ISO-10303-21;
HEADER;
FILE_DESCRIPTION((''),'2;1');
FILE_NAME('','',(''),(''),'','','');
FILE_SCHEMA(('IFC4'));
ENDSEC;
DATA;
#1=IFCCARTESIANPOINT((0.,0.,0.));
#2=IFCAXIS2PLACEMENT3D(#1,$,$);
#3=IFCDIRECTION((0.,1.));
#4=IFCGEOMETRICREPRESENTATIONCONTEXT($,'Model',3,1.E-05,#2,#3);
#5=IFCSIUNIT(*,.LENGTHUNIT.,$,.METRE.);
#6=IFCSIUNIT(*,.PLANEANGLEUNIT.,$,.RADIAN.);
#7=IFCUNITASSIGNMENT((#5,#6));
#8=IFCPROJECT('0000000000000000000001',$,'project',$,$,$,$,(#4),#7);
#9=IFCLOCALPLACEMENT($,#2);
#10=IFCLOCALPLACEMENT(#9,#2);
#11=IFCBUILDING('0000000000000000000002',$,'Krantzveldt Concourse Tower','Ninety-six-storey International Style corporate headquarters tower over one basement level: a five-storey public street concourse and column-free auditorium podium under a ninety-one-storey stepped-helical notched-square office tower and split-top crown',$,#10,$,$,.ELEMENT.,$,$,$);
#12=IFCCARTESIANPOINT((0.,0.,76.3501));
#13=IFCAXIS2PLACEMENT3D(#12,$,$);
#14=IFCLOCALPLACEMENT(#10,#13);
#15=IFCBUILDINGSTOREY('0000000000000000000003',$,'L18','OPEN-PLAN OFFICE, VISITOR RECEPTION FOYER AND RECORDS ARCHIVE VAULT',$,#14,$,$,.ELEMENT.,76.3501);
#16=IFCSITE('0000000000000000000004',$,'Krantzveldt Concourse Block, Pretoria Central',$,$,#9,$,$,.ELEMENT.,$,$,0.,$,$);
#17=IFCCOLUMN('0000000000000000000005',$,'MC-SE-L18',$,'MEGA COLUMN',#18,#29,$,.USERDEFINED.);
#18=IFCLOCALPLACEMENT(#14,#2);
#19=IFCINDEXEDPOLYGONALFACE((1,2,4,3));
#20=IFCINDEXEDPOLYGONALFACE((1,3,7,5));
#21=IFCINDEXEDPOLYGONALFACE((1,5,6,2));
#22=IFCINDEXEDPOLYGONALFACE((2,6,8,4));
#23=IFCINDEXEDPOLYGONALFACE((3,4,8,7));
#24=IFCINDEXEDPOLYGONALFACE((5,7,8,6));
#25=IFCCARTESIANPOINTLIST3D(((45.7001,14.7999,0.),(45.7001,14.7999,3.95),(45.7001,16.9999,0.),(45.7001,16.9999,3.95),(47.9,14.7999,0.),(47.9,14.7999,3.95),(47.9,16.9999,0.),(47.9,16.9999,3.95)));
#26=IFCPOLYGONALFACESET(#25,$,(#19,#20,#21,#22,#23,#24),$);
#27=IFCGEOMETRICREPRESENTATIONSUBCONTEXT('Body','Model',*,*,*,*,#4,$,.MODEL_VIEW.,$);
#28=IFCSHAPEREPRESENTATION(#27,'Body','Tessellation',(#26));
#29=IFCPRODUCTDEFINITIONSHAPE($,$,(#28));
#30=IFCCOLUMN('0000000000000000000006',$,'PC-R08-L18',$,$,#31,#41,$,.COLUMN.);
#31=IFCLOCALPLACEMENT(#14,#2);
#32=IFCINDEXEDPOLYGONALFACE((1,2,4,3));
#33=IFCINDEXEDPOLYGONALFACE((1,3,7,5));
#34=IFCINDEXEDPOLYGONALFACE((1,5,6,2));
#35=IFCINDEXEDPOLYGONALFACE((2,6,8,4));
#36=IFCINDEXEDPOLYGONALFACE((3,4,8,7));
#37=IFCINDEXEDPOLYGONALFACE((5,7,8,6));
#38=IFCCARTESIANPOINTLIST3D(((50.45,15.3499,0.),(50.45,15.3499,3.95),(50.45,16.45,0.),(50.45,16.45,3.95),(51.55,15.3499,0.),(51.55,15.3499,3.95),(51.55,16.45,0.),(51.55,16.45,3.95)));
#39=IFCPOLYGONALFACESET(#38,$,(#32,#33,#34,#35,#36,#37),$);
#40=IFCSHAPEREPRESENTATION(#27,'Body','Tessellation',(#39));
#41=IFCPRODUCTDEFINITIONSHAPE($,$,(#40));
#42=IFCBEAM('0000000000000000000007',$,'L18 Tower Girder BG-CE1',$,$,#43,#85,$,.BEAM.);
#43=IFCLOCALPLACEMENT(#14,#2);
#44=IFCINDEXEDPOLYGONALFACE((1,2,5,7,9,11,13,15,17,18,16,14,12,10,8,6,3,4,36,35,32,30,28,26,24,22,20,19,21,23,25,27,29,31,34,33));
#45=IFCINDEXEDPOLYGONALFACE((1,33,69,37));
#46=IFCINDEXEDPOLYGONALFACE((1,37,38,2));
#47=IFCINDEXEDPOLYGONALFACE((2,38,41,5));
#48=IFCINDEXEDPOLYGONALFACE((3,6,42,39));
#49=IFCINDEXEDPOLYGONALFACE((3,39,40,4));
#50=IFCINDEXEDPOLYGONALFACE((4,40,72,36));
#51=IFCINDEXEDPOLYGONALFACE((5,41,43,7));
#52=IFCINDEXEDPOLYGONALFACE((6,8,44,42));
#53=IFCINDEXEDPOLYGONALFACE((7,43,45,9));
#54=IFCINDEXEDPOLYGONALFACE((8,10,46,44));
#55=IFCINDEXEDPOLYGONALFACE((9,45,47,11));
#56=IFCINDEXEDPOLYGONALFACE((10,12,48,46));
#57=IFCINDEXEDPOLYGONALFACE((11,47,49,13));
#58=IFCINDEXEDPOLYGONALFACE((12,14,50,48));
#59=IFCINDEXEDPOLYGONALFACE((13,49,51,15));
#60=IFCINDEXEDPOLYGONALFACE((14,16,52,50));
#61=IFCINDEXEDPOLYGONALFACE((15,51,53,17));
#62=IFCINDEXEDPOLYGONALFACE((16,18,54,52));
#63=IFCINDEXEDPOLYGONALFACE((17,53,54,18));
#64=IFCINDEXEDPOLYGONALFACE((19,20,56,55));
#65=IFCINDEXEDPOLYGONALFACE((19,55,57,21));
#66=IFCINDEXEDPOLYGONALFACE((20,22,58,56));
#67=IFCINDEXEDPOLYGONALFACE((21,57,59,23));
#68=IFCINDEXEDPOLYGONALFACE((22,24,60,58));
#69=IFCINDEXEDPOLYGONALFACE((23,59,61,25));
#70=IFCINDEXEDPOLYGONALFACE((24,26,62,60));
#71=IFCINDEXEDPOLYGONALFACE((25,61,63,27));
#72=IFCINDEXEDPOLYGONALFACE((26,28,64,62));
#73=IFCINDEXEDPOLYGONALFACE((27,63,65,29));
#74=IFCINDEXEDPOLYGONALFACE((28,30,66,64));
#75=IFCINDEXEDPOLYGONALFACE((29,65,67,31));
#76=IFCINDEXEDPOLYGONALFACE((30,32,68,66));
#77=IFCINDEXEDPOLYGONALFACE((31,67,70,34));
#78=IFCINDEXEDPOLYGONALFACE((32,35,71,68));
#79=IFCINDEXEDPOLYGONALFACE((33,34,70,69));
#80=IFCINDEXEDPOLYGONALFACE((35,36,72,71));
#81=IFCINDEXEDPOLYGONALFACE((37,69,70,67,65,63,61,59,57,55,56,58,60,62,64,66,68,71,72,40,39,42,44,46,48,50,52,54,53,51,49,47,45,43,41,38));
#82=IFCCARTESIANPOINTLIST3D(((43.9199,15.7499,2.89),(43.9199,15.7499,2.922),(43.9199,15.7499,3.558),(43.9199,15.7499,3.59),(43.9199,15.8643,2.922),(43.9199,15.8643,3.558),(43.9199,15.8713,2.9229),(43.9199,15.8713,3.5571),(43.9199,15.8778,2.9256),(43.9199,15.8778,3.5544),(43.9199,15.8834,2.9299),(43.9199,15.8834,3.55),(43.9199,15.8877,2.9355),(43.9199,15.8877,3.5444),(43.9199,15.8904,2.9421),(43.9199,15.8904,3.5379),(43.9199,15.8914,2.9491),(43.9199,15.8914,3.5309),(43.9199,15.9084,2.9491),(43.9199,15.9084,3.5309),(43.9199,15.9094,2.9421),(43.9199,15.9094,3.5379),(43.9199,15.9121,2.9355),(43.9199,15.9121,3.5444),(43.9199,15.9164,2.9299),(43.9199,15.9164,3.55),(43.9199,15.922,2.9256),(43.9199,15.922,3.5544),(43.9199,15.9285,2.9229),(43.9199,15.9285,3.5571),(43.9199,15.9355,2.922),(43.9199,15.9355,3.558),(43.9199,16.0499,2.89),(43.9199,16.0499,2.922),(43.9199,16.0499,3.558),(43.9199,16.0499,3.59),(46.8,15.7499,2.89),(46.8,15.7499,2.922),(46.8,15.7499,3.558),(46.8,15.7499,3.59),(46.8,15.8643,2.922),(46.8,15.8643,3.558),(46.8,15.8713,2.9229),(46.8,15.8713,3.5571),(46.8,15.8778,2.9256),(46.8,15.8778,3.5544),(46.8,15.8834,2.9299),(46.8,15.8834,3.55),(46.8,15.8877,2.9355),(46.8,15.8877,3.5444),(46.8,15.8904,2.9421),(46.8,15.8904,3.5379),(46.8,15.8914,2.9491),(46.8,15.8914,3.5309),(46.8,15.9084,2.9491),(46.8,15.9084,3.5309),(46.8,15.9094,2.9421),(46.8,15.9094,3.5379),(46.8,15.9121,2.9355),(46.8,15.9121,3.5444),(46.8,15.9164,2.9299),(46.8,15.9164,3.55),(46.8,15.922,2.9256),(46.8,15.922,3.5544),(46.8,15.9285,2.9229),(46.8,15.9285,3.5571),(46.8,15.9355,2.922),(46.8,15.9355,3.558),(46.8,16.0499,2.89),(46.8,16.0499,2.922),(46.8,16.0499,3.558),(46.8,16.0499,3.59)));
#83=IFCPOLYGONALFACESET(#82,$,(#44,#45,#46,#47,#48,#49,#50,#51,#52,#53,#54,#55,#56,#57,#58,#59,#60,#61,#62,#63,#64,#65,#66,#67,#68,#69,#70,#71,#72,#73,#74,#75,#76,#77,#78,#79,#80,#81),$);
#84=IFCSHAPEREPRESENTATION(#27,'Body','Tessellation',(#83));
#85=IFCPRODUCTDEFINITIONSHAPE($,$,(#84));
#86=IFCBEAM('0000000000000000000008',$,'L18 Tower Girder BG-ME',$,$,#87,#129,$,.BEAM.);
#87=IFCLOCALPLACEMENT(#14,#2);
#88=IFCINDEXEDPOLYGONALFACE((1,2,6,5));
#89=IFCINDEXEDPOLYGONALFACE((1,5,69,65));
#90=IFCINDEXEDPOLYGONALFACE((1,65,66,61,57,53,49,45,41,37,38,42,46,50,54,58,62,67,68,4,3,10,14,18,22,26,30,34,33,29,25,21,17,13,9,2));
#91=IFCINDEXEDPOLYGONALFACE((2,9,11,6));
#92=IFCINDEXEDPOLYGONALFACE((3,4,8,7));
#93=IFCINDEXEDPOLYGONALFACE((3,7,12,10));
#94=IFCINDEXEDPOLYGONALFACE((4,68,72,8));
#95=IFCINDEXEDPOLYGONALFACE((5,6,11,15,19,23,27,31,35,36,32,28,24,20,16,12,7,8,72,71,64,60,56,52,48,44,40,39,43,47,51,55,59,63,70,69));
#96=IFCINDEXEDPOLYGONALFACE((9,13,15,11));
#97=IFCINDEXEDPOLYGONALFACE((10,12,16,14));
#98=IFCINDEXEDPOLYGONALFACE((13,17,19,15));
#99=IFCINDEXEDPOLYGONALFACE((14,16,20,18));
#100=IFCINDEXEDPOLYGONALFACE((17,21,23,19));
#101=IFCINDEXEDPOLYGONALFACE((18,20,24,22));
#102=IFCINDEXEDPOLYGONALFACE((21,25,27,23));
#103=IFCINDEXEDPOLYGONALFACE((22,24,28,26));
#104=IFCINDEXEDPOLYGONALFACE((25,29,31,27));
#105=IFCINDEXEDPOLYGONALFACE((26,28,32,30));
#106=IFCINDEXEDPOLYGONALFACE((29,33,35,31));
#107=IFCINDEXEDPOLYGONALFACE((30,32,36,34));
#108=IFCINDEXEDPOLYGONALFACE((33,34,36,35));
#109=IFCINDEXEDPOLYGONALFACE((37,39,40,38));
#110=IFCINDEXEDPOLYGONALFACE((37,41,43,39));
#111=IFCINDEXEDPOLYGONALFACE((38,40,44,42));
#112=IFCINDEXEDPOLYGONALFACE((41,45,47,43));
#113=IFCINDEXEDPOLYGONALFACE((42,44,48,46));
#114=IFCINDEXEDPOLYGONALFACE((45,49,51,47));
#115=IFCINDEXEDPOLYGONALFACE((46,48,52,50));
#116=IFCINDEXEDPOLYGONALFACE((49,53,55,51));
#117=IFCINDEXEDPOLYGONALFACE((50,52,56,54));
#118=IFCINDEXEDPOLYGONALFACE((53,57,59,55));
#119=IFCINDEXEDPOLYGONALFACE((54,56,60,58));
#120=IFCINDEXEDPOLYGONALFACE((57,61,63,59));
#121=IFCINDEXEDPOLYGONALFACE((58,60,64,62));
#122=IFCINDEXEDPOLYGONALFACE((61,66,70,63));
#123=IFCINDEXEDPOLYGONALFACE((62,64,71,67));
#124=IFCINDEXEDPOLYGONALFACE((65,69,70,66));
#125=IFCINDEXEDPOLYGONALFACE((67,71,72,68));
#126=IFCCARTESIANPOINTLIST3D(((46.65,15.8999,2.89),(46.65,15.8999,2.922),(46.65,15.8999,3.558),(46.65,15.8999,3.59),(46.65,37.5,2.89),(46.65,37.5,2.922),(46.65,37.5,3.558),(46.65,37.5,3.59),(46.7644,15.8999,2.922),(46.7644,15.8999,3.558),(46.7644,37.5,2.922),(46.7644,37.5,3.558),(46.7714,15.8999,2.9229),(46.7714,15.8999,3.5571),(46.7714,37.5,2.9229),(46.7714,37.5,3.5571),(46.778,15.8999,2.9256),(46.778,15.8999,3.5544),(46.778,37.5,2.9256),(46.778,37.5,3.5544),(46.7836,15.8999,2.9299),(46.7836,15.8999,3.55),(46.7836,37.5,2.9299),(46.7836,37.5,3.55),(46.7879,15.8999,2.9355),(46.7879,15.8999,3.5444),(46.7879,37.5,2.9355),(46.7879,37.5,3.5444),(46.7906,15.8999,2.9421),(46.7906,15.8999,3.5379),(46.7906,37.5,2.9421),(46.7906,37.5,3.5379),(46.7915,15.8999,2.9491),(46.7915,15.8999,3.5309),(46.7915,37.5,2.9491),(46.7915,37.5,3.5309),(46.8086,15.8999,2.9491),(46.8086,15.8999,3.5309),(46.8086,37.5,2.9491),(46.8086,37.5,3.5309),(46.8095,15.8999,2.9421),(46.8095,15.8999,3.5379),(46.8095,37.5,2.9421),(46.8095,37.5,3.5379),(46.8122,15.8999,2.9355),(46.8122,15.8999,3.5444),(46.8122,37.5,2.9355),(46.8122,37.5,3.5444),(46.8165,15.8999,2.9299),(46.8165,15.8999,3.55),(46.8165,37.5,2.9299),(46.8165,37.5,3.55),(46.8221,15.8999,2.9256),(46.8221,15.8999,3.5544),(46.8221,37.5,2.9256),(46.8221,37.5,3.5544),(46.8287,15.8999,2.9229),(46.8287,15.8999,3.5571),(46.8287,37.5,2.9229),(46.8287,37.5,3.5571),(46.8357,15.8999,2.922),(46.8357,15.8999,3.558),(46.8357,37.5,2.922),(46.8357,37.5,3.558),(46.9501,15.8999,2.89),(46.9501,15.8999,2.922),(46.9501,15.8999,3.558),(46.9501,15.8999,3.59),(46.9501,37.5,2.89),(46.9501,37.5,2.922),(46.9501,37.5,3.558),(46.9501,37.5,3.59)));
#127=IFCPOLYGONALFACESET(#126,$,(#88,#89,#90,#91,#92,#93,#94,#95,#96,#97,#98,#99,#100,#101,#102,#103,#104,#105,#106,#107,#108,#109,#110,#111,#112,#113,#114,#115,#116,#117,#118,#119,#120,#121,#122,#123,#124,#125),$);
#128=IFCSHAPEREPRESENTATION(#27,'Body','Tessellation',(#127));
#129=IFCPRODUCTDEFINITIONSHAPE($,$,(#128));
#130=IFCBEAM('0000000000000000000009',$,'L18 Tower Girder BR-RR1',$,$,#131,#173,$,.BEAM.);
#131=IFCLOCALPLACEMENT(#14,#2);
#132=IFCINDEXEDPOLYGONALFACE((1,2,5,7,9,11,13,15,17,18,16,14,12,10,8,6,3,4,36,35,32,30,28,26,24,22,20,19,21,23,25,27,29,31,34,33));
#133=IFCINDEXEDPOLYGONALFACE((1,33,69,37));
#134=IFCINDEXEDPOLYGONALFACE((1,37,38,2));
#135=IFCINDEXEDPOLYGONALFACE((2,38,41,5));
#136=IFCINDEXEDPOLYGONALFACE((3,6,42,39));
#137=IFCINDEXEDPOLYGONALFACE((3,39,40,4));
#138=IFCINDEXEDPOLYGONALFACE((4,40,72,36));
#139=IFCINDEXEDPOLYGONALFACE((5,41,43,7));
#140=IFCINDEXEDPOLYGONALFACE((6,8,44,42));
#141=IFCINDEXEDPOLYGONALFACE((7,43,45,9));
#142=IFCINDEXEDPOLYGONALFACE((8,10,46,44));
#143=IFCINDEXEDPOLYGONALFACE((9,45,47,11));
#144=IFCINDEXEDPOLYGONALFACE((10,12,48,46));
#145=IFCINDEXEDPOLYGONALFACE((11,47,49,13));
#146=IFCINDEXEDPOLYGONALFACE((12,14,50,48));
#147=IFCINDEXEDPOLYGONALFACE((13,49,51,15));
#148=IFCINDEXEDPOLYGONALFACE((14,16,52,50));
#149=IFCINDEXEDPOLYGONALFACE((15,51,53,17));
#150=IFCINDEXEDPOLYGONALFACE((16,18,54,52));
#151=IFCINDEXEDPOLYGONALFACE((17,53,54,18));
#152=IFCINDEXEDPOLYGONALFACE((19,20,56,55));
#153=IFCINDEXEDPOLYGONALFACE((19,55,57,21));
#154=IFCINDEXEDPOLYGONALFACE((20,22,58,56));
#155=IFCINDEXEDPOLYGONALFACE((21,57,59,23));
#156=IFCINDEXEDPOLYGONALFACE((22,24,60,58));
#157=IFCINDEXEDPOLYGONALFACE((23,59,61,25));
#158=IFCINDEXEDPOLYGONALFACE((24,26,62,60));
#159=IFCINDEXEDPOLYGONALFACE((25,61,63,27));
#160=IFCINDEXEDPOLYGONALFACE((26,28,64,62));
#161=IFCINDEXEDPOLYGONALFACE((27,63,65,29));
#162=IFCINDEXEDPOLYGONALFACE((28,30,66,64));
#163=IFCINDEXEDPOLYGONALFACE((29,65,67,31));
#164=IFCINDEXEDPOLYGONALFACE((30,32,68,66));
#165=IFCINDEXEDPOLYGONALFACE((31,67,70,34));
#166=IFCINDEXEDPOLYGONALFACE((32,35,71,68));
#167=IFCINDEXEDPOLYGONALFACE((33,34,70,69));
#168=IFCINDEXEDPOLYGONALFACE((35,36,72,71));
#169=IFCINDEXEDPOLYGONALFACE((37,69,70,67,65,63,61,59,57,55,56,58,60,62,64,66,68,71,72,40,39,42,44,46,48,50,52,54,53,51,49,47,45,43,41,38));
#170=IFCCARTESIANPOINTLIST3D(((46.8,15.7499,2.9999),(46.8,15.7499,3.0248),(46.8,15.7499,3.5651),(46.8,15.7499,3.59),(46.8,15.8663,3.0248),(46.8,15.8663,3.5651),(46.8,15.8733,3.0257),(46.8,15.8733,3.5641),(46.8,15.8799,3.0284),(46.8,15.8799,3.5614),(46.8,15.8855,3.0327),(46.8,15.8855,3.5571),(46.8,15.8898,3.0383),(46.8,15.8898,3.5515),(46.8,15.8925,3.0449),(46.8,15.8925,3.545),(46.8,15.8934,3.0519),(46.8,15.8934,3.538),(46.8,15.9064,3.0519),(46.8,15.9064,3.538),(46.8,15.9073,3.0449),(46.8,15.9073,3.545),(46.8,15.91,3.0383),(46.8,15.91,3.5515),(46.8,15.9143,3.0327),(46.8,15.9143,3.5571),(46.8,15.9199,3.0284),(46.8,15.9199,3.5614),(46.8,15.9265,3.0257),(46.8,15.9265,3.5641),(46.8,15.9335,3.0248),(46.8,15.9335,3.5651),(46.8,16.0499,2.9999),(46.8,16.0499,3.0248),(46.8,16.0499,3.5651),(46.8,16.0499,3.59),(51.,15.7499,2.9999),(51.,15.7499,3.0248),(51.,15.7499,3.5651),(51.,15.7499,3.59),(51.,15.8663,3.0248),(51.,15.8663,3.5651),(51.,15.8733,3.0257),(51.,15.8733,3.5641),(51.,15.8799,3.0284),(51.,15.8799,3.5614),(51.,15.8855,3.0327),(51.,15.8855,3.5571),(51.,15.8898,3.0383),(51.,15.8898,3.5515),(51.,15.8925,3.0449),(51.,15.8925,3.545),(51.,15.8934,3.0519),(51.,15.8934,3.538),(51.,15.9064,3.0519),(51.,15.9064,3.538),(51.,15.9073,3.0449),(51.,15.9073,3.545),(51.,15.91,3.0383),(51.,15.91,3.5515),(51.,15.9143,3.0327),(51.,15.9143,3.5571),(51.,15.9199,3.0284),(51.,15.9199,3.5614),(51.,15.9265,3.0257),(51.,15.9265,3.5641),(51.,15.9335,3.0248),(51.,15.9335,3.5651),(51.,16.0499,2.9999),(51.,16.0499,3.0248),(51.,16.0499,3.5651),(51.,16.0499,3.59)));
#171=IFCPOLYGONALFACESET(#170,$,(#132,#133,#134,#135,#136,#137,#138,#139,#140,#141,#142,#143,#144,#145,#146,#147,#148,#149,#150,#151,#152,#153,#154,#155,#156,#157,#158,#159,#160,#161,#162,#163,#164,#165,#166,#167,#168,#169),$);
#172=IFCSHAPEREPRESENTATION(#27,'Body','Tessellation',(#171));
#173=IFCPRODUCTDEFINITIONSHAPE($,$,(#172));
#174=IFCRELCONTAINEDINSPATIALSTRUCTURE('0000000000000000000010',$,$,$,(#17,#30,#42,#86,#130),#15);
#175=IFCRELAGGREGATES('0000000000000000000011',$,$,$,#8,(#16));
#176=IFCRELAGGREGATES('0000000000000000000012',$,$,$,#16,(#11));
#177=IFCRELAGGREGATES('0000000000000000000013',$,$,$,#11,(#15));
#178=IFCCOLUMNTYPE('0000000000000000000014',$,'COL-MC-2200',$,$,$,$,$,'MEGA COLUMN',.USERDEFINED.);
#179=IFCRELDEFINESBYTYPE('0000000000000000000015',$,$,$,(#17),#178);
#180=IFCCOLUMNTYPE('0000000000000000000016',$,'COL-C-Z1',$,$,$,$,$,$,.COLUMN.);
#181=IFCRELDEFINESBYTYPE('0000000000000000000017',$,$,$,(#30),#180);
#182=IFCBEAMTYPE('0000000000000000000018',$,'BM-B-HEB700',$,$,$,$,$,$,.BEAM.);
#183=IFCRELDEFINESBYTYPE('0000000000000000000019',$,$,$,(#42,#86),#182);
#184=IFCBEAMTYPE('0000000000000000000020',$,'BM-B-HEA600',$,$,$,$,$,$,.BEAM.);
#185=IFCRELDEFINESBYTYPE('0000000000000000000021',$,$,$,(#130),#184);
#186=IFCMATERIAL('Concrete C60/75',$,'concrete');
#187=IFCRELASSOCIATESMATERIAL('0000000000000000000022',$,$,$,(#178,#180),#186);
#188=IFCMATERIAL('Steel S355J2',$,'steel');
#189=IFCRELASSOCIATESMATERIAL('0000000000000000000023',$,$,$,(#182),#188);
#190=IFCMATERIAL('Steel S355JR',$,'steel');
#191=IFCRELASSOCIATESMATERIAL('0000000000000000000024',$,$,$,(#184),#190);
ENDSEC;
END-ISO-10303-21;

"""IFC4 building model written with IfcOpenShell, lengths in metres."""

from ifc_helpers import new_model, si_unit, direction, frame, origin, origin_2d, place, context, subcontext, project, spatial, rectangle, i_section, extrude, source, transform, mapped, material, material_profile, profile_set, type_object, type_shapes, element, save


model = new_model("IFC4")

# Units and contexts
model_context = context("Model", 3, precision=1e-05, world=origin(), true_north=direction((0.0, 1.0)))
body_context = subcontext(model_context, "Body", "Model", "MODEL_VIEW")
ifc_project = project(units=[si_unit("LENGTHUNIT", "METRE"), si_unit("PLANEANGLEUNIT", "RADIAN")], contexts=[model_context])

# Site, building, storey
site_placement = place(None, origin())
site = spatial("IfcSite", under=ifc_project, at=site_placement, Name="Krantzveldt Concourse Block, Pretoria Central", CompositionType="ELEMENT", RefElevation=0.0)
building_placement = place(site_placement, origin())
building = spatial("IfcBuilding", under=site, at=building_placement, Name="Krantzveldt Concourse Tower", Description="Ninety-six-storey International Style corporate headquarters tower over one basement level: a five-storey public street concourse and column-free auditorium podium under a ninety-one-storey stepped-helical notched-square office tower and split-top crown", CompositionType="ELEMENT")
storey_placement = place(building_placement, frame((0.0, 0.0, 76.3501)))
storey = spatial("IfcBuildingStorey", under=building, at=storey_placement, Name="L18", Description="OPEN-PLAN OFFICE, VISITOR RECEPTION FOYER AND RECORDS ARCHIVE VAULT", CompositionType="ELEMENT", Elevation=76.3501)

# Columns
ifc_material_1 = material(Name="Concrete C60/75", Category="concrete")
ifc_material_profile_1 = material_profile(ifc_material_1, rectangle(XDim=2.2, YDim=2.2, at=origin_2d()), Name="Concrete C60/75", Category="concrete")
ifc_profile_set_1 = profile_set([ifc_material_profile_1], Name="Concrete C60/75 - RC 2200x2200")
column_type_1 = type_object("IfcColumnType", Name="COL-MC-2200", ElementType="MEGA COLUMN", PredefinedType="USERDEFINED", material=ifc_profile_set_1)
shared_shape_1 = source(origin(), body_context, "Body", "SweptSolid", [
    extrude(rectangle(XDim=2.2, YDim=2.2, at=origin_2d()), origin(), (0.0, 0.0, 1.0), 3.95),
])
type_shapes(column_type_1, [shared_shape_1])
column_1_placement = place(storey_placement, frame((46.8, 15.8999, 0.0), z_axis=(0.0, 0.0, 1.0), x_axis=(1.0, 0.0, 0.0)))
element("IfcColumn", 1, at=column_1_placement, inside=storey, type_object=column_type_1, Name="MC-SE-L18", ObjectType="MEGA COLUMN", PredefinedType="USERDEFINED", context=body_context, shape_type="MappedRepresentation", body=[
    mapped(shared_shape_1, transform((0.0, 0.0, 0.0), x_axis=(1.0, 0.0, 0.0), y_axis=(0.0, 1.0, 0.0), z_axis=(0.0, 0.0, 1.0), scale=1.0)),
])
ifc_material_profile_2 = material_profile(ifc_material_1, rectangle(XDim=1.1001, YDim=1.1001, at=origin_2d()), Name="Concrete C60/75", Category="concrete")
ifc_profile_set_2 = profile_set([ifc_material_profile_2], Name="Concrete C60/75 - RC 1100x1100")
column_type_2 = type_object("IfcColumnType", Name="COL-C-Z1", PredefinedType="COLUMN", material=ifc_profile_set_2)
shared_shape_2 = source(origin(), body_context, "Body", "SweptSolid", [
    extrude(rectangle(XDim=1.1001, YDim=1.1001, at=origin_2d()), origin(), (0.0, 0.0, 1.0), 3.95),
])
type_shapes(column_type_2, [shared_shape_2])
column_2_placement = place(storey_placement, frame((51.0, 15.8999, 0.0), z_axis=(0.0, 0.0, 1.0), x_axis=(1.0, 0.0, 0.0)))
element("IfcColumn", 2, at=column_2_placement, inside=storey, type_object=column_type_2, Name="PC-R08-L18", PredefinedType="COLUMN", context=body_context, shape_type="MappedRepresentation", body=[
    mapped(shared_shape_2, transform((0.0, 0.0, 0.0), x_axis=(1.0, 0.0, 0.0), y_axis=(0.0, 1.0, 0.0), z_axis=(0.0, 0.0, 1.0), scale=1.0)),
])

# Beams
ifc_material_2 = material(Name="Steel S355J2", Category="steel")
ifc_material_profile_3 = material_profile(ifc_material_2, i_section(OverallWidth=0.3, OverallDepth=0.7, WebThickness=0.0171, FlangeThickness=0.032, FilletRadius=0.0271, at=origin_2d()), Name="Steel S355J2", Category="steel")
ifc_profile_set_3 = profile_set([ifc_material_profile_3], Name="Steel S355J2 - HEB 700")
beam_type_1 = type_object("IfcBeamType", Name="BM-B-HEB700", PredefinedType="BEAM", material=ifc_profile_set_3)
shared_shape_3 = source(origin(), body_context, "Body", "SweptSolid", [
    extrude(i_section(OverallWidth=0.3, OverallDepth=0.7, WebThickness=0.0171, FlangeThickness=0.032, FilletRadius=0.0271, at=origin_2d()), origin(), (0.0, 0.0, 1.0), 2.8801),
])
beam_1_placement = place(storey_placement, frame((43.9199, 15.8999, 3.24), z_axis=(1.0, 0.0, 0.0), x_axis=(0.0, 1.0, 0.0)))
element("IfcBeam", 3, at=beam_1_placement, inside=storey, type_object=beam_type_1, Name="L18 Tower Girder BG-CE1", PredefinedType="BEAM", context=body_context, shape_type="MappedRepresentation", body=[
    mapped(shared_shape_3, transform((0.0, 0.0, 0.0), x_axis=(1.0, 0.0, 0.0), y_axis=(0.0, 1.0, 0.0), z_axis=(0.0, 0.0, 1.0), scale=1.0)),
])
shared_shape_4 = source(origin(), body_context, "Body", "SweptSolid", [
    extrude(i_section(OverallWidth=0.3, OverallDepth=0.7, WebThickness=0.0171, FlangeThickness=0.032, FilletRadius=0.0271, at=origin_2d()), origin(), (0.0, 0.0, 1.0), 21.6001),
])
type_shapes(beam_type_1, [shared_shape_3, shared_shape_4])
beam_2_placement = place(storey_placement, frame((46.8, 15.8999, 3.24), z_axis=(0.0, 1.0, 0.0), x_axis=(-1.0, 0.0, 0.0)))
element("IfcBeam", 4, at=beam_2_placement, inside=storey, type_object=beam_type_1, Name="L18 Tower Girder BG-ME", PredefinedType="BEAM", context=body_context, shape_type="MappedRepresentation", body=[
    mapped(shared_shape_4, transform((0.0, 0.0, 0.0), x_axis=(1.0, 0.0, 0.0), y_axis=(0.0, 1.0, 0.0), z_axis=(0.0, 0.0, 1.0), scale=1.0)),
])
ifc_material_3 = material(Name="Steel S355JR", Category="steel")
ifc_material_profile_4 = material_profile(ifc_material_3, i_section(OverallWidth=0.3, OverallDepth=0.5901, WebThickness=0.0129, FlangeThickness=0.0249, FilletRadius=0.0271, at=origin_2d()), Name="Steel S355JR", Category="steel")
ifc_profile_set_4 = profile_set([ifc_material_profile_4], Name="Steel S355JR - HEA 600")
beam_type_2 = type_object("IfcBeamType", Name="BM-B-HEA600", PredefinedType="BEAM", material=ifc_profile_set_4)
shared_shape_5 = source(origin(), body_context, "Body", "SweptSolid", [
    extrude(i_section(OverallWidth=0.3, OverallDepth=0.5901, WebThickness=0.0129, FlangeThickness=0.0249, FilletRadius=0.0271, at=origin_2d()), origin(), (0.0, 0.0, 1.0), 4.2),
])
beam_3_placement = place(storey_placement, frame((46.8, 15.8999, 3.2949), z_axis=(1.0, 0.0, 0.0), x_axis=(0.0, 1.0, 0.0)))
element("IfcBeam", 5, at=beam_3_placement, inside=storey, type_object=beam_type_2, Name="L18 Tower Girder BR-RR1", PredefinedType="BEAM", context=body_context, shape_type="MappedRepresentation", body=[
    mapped(shared_shape_5, transform((0.0, 0.0, 0.0), x_axis=(1.0, 0.0, 0.0), y_axis=(0.0, 1.0, 0.0), z_axis=(0.0, 0.0, 1.0), scale=1.0)),
])

save(model, "model.ifc")
